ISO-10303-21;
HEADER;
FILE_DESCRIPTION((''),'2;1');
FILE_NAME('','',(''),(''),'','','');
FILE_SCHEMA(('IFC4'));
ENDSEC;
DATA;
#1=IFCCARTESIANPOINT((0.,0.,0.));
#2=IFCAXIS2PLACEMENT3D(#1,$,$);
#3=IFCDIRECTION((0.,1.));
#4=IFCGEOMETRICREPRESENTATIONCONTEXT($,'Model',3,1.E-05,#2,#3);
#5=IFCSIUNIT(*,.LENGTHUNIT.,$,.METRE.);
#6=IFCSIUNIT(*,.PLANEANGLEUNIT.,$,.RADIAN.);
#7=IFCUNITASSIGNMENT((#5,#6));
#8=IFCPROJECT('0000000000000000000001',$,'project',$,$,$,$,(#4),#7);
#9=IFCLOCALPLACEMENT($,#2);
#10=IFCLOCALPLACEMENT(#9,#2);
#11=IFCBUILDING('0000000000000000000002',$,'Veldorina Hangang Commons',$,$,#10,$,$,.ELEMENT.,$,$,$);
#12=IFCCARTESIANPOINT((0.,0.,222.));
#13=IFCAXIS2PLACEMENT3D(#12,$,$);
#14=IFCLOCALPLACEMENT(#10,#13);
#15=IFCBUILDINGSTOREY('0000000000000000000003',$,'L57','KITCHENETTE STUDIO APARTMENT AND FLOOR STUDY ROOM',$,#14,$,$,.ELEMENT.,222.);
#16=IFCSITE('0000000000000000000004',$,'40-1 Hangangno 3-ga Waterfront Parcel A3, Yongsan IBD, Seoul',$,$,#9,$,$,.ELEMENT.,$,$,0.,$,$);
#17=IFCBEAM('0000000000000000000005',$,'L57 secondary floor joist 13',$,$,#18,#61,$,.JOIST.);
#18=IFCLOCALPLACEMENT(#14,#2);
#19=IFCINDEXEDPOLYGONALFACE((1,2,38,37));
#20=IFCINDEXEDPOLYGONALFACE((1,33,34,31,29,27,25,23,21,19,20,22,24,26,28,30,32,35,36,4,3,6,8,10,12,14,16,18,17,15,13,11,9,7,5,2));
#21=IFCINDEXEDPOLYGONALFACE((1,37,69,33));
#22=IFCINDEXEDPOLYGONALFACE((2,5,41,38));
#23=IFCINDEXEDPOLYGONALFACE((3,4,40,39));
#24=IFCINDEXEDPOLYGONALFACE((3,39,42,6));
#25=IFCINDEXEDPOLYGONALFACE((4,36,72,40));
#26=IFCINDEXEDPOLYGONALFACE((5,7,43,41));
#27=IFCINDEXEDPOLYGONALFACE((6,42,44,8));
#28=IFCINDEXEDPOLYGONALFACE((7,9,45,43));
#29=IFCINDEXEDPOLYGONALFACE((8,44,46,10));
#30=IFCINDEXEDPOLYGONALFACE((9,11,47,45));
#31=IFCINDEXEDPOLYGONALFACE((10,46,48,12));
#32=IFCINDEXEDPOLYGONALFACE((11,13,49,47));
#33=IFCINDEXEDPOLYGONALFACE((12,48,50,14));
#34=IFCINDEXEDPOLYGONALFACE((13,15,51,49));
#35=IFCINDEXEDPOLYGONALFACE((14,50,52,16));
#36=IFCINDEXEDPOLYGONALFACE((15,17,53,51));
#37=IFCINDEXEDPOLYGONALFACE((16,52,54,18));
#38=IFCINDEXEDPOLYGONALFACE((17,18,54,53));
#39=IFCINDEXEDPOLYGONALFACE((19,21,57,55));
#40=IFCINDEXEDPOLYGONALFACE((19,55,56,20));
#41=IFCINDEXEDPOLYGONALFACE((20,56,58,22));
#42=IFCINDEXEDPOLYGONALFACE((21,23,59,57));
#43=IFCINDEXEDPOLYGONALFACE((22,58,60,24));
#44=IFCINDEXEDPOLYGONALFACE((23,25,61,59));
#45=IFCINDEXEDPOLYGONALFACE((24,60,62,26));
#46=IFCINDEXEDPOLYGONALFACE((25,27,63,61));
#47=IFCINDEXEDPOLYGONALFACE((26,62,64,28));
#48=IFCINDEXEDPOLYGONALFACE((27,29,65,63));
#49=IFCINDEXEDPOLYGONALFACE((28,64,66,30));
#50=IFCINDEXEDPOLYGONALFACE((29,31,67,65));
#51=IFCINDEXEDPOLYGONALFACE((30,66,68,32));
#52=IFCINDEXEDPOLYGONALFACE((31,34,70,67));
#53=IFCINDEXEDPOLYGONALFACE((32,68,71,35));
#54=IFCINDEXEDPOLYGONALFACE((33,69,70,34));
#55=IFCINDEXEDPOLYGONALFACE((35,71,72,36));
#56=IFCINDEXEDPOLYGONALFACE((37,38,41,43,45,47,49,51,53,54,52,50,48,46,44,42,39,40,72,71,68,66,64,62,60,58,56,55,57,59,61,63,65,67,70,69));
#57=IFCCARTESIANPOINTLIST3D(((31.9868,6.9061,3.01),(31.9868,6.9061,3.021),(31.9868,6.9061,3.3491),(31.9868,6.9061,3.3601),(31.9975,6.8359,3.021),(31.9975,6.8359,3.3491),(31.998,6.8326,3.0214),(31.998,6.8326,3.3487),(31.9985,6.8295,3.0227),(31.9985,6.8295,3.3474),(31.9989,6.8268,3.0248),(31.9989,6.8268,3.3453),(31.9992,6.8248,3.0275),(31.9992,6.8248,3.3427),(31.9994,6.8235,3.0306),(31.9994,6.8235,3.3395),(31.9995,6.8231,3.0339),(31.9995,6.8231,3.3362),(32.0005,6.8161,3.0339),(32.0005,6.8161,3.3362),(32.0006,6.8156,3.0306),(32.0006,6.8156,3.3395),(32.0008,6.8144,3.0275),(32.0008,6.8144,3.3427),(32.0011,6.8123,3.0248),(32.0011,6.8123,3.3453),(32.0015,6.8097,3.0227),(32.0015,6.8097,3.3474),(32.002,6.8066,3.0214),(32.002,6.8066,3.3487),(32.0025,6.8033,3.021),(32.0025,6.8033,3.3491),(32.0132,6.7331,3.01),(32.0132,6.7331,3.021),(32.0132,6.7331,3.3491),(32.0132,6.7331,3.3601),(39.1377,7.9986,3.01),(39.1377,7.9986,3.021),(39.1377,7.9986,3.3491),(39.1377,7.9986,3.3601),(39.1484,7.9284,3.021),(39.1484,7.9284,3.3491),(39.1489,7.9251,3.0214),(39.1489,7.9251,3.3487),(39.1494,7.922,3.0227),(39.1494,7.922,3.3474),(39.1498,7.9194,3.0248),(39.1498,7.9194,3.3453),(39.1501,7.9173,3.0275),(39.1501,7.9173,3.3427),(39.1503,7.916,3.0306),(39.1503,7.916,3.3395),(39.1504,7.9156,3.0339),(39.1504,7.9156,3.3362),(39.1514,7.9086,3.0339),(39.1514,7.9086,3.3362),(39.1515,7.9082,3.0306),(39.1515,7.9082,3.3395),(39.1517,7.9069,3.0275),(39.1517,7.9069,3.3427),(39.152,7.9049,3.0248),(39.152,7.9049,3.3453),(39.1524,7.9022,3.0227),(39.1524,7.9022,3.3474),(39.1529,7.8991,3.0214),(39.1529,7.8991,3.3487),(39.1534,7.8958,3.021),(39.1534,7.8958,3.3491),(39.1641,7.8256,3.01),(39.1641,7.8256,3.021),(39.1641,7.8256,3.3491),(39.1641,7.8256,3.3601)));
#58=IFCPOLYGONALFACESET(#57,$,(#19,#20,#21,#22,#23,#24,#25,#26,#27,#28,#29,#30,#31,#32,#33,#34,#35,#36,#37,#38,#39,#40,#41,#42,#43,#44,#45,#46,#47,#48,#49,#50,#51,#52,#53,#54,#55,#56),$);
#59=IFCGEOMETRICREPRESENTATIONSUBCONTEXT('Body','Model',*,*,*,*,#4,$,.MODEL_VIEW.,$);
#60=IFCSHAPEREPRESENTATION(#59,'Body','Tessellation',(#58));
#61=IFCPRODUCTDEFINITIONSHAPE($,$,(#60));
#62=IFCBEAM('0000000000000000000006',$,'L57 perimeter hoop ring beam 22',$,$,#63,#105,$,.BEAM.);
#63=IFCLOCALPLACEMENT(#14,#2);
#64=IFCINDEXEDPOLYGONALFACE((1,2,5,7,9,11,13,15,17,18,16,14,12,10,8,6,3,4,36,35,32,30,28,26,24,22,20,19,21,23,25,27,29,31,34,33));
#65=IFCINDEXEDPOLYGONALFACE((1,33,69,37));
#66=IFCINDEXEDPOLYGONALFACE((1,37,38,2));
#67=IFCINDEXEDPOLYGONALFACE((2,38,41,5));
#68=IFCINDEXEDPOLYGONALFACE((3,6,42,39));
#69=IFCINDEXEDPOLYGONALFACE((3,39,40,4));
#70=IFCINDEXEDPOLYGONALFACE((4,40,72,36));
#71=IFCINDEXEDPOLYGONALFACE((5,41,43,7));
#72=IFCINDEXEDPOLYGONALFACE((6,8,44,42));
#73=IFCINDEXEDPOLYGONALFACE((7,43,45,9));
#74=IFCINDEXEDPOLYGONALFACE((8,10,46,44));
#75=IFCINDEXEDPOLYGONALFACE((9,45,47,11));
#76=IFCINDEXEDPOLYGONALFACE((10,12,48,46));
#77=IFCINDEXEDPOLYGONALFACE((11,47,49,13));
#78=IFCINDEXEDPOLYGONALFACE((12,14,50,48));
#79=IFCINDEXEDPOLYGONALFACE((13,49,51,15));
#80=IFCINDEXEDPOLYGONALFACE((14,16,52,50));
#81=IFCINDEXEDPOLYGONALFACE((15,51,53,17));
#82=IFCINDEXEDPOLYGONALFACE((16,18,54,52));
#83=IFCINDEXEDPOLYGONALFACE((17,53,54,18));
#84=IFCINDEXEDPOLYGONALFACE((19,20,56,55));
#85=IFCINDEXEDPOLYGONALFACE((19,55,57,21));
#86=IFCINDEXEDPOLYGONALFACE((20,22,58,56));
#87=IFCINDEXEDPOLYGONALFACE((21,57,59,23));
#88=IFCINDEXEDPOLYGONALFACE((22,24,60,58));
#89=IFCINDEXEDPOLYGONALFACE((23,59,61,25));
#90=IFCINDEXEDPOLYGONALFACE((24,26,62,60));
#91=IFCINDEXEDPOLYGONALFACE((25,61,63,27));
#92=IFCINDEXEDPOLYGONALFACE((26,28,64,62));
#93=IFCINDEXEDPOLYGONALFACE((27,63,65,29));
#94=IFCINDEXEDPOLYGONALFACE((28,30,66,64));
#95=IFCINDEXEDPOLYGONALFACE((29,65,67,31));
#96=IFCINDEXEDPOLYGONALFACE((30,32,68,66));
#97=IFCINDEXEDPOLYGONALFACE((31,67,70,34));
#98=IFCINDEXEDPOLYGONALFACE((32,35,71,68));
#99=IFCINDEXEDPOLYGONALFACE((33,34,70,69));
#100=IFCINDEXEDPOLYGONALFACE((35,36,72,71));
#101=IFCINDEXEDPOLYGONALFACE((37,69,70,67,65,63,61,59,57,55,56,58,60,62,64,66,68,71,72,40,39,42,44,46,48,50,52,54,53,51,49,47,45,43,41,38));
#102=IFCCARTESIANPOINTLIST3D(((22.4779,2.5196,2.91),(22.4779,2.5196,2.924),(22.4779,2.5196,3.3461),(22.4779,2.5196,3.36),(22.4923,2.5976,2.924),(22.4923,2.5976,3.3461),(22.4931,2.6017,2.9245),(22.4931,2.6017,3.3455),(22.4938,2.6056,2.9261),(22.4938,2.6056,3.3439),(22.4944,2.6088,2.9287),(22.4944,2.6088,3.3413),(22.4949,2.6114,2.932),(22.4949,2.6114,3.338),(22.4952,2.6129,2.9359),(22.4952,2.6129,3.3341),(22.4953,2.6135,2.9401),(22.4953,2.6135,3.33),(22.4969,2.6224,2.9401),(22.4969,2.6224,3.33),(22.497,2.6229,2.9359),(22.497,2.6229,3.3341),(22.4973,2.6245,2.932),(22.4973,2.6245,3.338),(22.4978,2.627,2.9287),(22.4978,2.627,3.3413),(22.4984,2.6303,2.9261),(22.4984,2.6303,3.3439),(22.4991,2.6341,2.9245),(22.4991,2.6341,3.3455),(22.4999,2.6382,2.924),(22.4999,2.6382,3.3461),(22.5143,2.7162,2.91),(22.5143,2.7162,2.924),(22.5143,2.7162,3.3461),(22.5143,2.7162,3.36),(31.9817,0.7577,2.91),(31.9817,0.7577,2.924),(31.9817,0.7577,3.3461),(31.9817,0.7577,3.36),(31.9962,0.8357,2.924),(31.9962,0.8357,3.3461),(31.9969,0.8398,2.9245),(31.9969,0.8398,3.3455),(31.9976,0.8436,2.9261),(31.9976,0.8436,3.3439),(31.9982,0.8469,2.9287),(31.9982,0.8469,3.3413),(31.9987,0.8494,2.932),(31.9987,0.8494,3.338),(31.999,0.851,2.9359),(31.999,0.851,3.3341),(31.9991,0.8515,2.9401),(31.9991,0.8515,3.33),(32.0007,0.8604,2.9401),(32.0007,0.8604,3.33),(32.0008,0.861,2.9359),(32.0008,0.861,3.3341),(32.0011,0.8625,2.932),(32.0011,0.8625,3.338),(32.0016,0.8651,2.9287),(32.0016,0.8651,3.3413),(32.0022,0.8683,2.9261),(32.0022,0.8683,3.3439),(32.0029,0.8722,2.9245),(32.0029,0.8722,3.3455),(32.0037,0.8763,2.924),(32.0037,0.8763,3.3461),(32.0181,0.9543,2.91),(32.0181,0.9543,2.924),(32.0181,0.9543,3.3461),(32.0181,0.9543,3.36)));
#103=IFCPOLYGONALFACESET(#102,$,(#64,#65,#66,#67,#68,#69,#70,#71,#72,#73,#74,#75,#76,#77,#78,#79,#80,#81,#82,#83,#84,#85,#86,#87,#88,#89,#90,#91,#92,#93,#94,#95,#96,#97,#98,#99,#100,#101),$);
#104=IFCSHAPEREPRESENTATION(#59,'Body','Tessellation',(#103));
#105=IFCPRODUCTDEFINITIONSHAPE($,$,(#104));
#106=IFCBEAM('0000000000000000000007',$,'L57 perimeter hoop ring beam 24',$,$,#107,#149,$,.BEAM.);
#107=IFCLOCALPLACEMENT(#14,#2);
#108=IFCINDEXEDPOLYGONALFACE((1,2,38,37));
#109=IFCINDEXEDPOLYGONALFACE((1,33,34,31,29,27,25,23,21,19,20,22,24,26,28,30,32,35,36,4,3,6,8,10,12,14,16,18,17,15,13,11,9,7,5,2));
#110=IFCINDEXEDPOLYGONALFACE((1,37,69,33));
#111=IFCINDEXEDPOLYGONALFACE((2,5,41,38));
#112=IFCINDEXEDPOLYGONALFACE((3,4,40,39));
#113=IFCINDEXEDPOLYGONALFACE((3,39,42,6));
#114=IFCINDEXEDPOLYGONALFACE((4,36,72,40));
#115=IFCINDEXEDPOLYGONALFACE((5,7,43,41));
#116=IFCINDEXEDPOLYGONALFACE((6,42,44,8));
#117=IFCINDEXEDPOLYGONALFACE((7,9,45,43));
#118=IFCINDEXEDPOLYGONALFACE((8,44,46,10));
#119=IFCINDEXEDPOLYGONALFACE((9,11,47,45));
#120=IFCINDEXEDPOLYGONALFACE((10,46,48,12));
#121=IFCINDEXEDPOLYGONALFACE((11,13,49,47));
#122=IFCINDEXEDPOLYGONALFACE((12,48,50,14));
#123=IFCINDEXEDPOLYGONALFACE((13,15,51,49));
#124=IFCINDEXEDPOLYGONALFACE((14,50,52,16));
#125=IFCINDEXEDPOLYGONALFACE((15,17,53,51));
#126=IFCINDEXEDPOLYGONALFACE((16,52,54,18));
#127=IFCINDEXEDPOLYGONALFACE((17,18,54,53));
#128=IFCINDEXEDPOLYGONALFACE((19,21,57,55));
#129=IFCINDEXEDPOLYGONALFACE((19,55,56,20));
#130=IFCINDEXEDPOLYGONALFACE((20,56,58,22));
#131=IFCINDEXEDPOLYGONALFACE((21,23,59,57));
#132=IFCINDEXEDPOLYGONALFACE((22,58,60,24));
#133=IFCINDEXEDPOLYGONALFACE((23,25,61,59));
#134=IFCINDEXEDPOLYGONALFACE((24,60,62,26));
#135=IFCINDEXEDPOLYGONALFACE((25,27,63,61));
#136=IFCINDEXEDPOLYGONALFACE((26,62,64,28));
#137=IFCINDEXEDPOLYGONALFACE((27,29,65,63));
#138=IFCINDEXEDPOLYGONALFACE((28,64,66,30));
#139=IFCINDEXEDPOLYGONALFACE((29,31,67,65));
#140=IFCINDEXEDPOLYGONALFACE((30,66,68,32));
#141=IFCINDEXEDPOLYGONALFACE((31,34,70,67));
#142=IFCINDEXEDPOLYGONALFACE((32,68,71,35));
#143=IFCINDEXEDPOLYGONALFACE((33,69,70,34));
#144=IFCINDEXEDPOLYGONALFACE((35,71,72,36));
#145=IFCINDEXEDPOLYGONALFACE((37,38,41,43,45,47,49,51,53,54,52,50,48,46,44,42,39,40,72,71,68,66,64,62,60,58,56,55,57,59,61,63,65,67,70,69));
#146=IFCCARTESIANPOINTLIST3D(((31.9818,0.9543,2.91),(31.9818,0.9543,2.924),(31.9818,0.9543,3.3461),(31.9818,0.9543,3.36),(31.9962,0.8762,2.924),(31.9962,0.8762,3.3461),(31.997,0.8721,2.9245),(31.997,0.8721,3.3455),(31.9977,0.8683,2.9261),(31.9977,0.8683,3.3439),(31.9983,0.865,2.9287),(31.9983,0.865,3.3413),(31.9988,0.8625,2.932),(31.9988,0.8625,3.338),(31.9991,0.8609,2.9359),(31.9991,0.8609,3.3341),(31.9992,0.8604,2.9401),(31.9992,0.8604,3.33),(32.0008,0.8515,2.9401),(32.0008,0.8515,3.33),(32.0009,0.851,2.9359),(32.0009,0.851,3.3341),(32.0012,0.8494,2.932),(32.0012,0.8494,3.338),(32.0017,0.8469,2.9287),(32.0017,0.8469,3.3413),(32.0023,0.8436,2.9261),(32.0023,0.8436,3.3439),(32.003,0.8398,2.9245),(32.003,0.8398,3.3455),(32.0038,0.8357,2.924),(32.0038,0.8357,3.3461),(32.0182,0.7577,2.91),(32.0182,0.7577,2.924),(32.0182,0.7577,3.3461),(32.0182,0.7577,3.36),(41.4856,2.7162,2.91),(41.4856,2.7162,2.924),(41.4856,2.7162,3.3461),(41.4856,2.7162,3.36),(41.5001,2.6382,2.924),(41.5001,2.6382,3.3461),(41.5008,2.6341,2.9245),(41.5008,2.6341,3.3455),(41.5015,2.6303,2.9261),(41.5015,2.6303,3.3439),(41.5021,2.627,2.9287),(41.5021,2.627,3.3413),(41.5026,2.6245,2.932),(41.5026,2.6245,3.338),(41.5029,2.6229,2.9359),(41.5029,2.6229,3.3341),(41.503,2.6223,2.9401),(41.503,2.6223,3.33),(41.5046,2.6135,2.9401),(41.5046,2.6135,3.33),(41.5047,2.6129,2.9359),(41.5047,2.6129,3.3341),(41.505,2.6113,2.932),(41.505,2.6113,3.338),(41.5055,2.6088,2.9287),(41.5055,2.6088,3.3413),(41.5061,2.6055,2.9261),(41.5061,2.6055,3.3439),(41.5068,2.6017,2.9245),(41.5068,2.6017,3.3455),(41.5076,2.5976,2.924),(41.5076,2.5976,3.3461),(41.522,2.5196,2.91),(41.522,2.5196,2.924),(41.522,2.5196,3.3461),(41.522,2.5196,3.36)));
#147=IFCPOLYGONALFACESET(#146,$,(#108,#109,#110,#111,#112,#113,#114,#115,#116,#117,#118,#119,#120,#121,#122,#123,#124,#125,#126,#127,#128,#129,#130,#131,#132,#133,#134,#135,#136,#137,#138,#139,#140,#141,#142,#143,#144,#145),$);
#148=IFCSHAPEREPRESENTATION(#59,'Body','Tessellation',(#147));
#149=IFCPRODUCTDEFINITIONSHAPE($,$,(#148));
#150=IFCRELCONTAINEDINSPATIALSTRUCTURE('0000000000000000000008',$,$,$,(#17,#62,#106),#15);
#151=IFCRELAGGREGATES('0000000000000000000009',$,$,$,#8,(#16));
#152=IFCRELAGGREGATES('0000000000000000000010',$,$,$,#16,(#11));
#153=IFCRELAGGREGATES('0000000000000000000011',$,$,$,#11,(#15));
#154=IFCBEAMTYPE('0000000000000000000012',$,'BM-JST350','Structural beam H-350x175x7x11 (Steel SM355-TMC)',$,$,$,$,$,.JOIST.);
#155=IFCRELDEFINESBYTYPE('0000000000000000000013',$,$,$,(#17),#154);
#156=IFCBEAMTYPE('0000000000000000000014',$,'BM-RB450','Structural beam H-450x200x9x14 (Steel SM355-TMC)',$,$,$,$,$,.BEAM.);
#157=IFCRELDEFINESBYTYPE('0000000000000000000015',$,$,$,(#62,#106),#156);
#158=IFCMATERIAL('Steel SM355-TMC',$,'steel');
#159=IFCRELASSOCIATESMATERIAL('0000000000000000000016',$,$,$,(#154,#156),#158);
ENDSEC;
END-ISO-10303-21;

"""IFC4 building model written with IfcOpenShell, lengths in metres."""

from ifc_helpers import new_model, si_unit, direction, frame, origin, origin_2d, place, context, subcontext, project, spatial, i_section, extrude, material, material_profile, profile_set, type_object, element, save


model = new_model("IFC4")

# Units and contexts
model_context = context("Model", 3, precision=1e-05, world=origin(), true_north=direction((0.0, 1.0)))
body_context = subcontext(model_context, "Body", "Model", "MODEL_VIEW")
ifc_project = project(units=[si_unit("LENGTHUNIT", "METRE"), si_unit("PLANEANGLEUNIT", "RADIAN")], contexts=[model_context])

# Site, building, storey
site_placement = place(None, origin())
site = spatial("IfcSite", under=ifc_project, at=site_placement, Name="40-1 Hangangno 3-ga Waterfront Parcel A3, Yongsan IBD, Seoul", CompositionType="ELEMENT", RefElevation=0.0)
building_placement = place(site_placement, origin())
building = spatial("IfcBuilding", under=site, at=building_placement, Name="Veldorina Hangang Commons", CompositionType="ELEMENT")
storey_placement = place(building_placement, frame((0.0, 0.0, 222.0)))
storey = spatial("IfcBuildingStorey", under=building, at=storey_placement, Name="L57", Description="KITCHENETTE STUDIO APARTMENT AND FLOOR STUDY ROOM", CompositionType="ELEMENT", Elevation=222.0)

# Beams
ifc_material_1 = material(Name="Steel SM355-TMC", Category="steel")
ifc_material_profile_1 = material_profile(ifc_material_1, i_section(OverallWidth=0.175, OverallDepth=0.3501, WebThickness=0.0071, FlangeThickness=0.011, FilletRadius=0.0129, at=origin_2d()), Name="H-350x175x7x11")
ifc_profile_set_1 = profile_set([ifc_material_profile_1], Name="Steel SM355-TMC")
beam_type_1 = type_object("IfcBeamType", Name="BM-JST350", Description="Structural beam H-350x175x7x11 (Steel SM355-TMC)", PredefinedType="JOIST", material=ifc_profile_set_1)
beam_placement = place(storey_placement, frame((32.0, 6.8196, 3.1851), z_axis=(0.988529, 0.15103, 0.0), x_axis=(-0.15103, 0.988529, 0.0)))
element("IfcBeam", 1, at=beam_placement, inside=storey, type_object=beam_type_1, Name="L57 secondary floor joist 13", PredefinedType="JOIST", context=body_context, shape_type="SweptSolid", body=[
    extrude(i_section(OverallWidth=0.175, OverallDepth=0.3501, WebThickness=0.0071, FlangeThickness=0.011, FilletRadius=0.0129, at=origin_2d()), origin(), (0.0, 0.0, 1.0), 7.2339),
])
ifc_material_profile_2 = material_profile(ifc_material_1, i_section(OverallWidth=0.2, OverallDepth=0.45, WebThickness=0.009, FlangeThickness=0.0139, FilletRadius=0.0161, at=origin_2d()), Name="H-450x200x9x14")
ifc_profile_set_2 = profile_set([ifc_material_profile_2], Name="Steel SM355-TMC")
beam_type_2 = type_object("IfcBeamType", Name="BM-RB450", Description="Structural beam H-450x200x9x14 (Steel SM355-TMC)", PredefinedType="BEAM", material=ifc_profile_set_2)
for number, where, z_axis, x_axis, name in (
    (2, (22.4961, 2.6179, 3.135), (0.983245, -0.182287, 0.0), (0.182287, 0.983245, 0.0), "L57 perimeter hoop ring beam 22"),
    (3, (32.0, 0.856, 3.135), (0.983245, 0.182287, 0.0), (-0.182287, 0.983245, 0.0), "L57 perimeter hoop ring beam 24"),
):
    element("IfcBeam", number, at=place(storey_placement, frame(where, z_axis=z_axis, x_axis=x_axis)), inside=storey, type_object=beam_type_2, Name=name, PredefinedType="BEAM", context=body_context, shape_type="SweptSolid", body=[
        extrude(i_section(OverallWidth=0.2, OverallDepth=0.45, WebThickness=0.009, FlangeThickness=0.0139, FilletRadius=0.0161, at=origin_2d()), origin(), (0.0, 0.0, 1.0), 9.6658),
    ])

save(model, "model.ifc")
